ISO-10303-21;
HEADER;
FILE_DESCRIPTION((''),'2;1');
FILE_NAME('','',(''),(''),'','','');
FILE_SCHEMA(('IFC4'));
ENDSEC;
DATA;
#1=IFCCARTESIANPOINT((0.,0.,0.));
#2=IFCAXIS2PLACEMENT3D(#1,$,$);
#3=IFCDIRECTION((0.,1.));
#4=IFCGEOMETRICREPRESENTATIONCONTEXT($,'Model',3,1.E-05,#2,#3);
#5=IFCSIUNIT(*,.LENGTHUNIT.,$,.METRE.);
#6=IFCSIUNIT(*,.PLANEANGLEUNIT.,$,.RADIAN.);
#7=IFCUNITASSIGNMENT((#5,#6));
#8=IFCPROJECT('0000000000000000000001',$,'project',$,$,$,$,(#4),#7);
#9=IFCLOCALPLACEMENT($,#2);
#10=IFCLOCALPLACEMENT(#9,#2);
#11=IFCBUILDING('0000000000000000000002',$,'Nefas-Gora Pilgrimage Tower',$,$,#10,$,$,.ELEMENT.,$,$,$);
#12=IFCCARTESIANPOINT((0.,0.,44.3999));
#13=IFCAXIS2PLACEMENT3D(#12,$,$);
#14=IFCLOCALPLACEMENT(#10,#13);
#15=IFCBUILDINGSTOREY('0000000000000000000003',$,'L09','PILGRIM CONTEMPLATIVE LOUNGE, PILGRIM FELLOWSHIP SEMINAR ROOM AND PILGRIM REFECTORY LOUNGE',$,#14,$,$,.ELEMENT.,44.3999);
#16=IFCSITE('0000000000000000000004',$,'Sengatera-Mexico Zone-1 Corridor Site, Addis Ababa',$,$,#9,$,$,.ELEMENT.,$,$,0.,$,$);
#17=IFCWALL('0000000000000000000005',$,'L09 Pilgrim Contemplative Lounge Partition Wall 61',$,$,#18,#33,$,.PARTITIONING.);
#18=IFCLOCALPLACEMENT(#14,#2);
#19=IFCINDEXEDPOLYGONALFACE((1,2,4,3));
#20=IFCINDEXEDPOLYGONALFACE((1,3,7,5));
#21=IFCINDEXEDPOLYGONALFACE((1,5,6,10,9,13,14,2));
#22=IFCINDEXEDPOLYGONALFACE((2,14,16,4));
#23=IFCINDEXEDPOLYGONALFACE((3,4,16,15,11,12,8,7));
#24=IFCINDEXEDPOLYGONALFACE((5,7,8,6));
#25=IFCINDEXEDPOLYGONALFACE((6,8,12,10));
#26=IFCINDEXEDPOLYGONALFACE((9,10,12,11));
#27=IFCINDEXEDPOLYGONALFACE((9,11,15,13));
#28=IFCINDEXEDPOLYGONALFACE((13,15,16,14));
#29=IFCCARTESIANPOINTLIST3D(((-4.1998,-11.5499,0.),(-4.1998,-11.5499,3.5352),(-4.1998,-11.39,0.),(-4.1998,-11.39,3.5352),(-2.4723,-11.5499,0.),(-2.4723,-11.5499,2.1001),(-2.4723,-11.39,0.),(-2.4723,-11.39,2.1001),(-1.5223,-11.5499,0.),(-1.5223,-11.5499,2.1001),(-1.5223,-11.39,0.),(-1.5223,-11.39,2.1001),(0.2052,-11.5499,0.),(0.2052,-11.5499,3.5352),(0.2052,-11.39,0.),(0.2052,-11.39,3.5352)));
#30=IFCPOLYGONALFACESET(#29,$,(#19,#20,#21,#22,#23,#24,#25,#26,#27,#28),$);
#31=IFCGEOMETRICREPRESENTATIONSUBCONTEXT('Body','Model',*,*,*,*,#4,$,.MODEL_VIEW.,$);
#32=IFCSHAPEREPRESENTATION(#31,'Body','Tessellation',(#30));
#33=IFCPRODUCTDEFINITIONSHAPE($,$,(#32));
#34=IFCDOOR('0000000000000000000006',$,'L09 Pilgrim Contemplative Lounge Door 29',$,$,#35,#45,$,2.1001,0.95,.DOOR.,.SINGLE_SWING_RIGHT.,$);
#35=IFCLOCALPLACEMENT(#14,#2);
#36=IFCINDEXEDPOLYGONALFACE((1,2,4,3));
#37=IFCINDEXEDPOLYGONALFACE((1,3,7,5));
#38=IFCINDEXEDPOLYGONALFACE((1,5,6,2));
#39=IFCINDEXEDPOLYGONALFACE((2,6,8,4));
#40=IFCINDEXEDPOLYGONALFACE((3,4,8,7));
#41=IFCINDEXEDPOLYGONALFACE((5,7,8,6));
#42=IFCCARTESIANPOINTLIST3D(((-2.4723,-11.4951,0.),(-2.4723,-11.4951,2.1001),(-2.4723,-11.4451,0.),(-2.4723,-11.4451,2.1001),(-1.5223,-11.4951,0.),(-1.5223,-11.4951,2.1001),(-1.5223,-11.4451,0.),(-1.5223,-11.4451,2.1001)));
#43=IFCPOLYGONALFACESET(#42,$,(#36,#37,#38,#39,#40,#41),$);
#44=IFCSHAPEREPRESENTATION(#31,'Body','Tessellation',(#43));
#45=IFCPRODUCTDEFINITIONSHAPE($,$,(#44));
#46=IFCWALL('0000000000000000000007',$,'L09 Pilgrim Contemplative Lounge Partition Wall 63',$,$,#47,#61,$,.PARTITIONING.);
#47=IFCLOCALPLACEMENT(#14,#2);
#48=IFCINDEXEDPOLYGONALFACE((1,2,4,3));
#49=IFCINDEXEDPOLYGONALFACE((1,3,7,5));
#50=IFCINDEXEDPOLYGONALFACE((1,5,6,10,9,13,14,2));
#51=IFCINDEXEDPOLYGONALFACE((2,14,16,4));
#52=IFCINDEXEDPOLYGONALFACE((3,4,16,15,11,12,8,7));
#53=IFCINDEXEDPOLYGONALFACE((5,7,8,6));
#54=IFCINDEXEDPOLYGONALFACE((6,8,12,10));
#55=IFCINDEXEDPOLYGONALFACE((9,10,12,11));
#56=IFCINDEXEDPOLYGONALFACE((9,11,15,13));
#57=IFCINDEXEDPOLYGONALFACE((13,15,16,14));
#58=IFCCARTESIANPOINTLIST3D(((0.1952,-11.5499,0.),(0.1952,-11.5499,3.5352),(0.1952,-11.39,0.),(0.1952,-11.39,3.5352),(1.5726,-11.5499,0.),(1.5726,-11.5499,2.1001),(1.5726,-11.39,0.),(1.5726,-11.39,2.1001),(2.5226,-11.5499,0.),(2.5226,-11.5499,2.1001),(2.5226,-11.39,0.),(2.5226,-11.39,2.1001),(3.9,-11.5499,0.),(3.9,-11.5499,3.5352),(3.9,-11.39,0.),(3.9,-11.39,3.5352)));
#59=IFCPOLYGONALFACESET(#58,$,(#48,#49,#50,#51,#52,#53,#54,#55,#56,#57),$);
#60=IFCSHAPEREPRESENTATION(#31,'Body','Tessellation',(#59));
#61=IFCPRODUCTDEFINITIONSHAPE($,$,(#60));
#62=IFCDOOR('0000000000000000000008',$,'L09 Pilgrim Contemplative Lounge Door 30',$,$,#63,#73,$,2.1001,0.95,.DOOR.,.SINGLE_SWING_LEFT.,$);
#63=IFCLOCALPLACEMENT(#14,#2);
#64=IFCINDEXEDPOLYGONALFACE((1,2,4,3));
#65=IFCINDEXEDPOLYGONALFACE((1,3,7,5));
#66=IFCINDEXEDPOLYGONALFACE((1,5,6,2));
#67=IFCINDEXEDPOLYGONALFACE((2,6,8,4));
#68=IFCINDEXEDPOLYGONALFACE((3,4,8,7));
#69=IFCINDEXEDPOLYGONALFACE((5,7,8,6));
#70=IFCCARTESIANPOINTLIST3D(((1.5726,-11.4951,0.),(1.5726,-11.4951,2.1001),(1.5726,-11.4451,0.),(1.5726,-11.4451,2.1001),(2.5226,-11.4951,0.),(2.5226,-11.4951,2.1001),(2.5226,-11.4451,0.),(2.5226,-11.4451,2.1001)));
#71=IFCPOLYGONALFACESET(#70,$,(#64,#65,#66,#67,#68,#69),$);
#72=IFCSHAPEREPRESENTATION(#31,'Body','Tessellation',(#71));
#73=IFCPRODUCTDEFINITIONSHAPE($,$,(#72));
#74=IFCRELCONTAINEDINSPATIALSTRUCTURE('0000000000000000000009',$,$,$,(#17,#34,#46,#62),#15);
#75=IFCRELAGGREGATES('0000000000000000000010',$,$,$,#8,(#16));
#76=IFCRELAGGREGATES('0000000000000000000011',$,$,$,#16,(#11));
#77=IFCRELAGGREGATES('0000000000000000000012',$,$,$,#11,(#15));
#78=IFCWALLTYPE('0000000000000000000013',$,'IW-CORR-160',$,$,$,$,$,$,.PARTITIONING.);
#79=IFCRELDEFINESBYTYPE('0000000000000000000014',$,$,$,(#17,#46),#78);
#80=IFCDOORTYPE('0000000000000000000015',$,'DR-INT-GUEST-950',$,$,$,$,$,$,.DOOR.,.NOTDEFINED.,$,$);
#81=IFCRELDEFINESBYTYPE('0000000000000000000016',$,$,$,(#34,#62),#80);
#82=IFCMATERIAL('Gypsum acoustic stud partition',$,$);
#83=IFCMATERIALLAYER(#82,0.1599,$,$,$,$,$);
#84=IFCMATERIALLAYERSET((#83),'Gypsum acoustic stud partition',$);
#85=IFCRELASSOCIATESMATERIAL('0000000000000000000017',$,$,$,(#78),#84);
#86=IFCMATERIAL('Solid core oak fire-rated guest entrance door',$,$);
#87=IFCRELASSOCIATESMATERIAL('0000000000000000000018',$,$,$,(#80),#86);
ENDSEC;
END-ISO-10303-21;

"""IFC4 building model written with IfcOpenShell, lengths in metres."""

from ifc_helpers import new_model, si_unit, direction, frame, frame_2d, origin, place, context, subcontext, project, spatial, rectangle, extrude, source, transform, mapped, material, layer, layer_set, type_object, element, fill, save


model = new_model("IFC4")

# Units and contexts
model_context = context("Model", 3, precision=1e-05, world=origin(), true_north=direction((0.0, 1.0)))
body_context = subcontext(model_context, "Body", "Model", "MODEL_VIEW")
ifc_project = project(units=[si_unit("LENGTHUNIT", "METRE"), si_unit("PLANEANGLEUNIT", "RADIAN")], contexts=[model_context])

# Site, building, storey
site_placement = place(None, origin())
site = spatial("IfcSite", under=ifc_project, at=site_placement, Name="Sengatera-Mexico Zone-1 Corridor Site, Addis Ababa", CompositionType="ELEMENT", RefElevation=0.0)
building_placement = place(site_placement, origin())
building = spatial("IfcBuilding", under=site, at=building_placement, Name="Nefas-Gora Pilgrimage Tower", CompositionType="ELEMENT")
storey_placement = place(building_placement, frame((0.0, 0.0, 44.3999)))
storey = spatial("IfcBuildingStorey", under=building, at=storey_placement, Name="L09", Description="PILGRIM CONTEMPLATIVE LOUNGE, PILGRIM FELLOWSHIP SEMINAR ROOM AND PILGRIM REFECTORY LOUNGE", CompositionType="ELEMENT", Elevation=44.3999)

# Walls, openings, doors
ifc_material_1 = material(Name="Gypsum acoustic stud partition")
ifc_layer_1 = layer(ifc_material_1, 0.1599)
ifc_layer_set_1 = layer_set([ifc_layer_1], Name="Gypsum acoustic stud partition")
wall_type_1 = type_object("IfcWallType", Name="IW-CORR-160", PredefinedType="PARTITIONING", material=ifc_layer_set_1)
shared_shape_1 = source(origin(), body_context, "Body", "SweptSolid", [
    extrude(rectangle(XDim=4.405, YDim=0.1599, at=frame_2d((2.2026, 0.0))), origin(), (0.0, 0.0, 1.0), 3.5352),
])
ifc_material_2 = material(Name="Solid core oak fire-rated guest entrance door")
door_type_1 = type_object("IfcDoorType", Name="DR-INT-GUEST-950", OperationType="NOTDEFINED", PredefinedType="DOOR", material=ifc_material_2)
shared_shape_2 = source(origin(), body_context, "Body", "SweptSolid", [
    extrude(rectangle(XDim=0.95, YDim=2.1001, at=frame_2d((0.4751, 1.05))), frame((0.0, 0.0249, 0.0), z_axis=(0.0, -1.0, 0.0), x_axis=(1.0, 0.0, 0.0)), (0.0, 0.0, 1.0), 0.05),
])
wall_1_placement = place(storey_placement, frame((-4.2, -11.47, 0.0), z_axis=(0.0, 0.0, 1.0), x_axis=(1.0, 0.0, 0.0)))
wall_1 = element("IfcWall", 1, at=wall_1_placement, inside=storey, type_object=wall_type_1, Name="L09 Pilgrim Contemplative Lounge Partition Wall 61", PredefinedType="PARTITIONING", context=body_context, shape_type="MappedRepresentation", body=[
    mapped(shared_shape_1, transform((0.0, 0.0, 0.0), x_axis=(1.0, 0.0, 0.0), y_axis=(0.0, 1.0, 0.0), z_axis=(0.0, 0.0, 1.0), scale=1.0)),
])
opening_1_placement = place(wall_1_placement, frame((1.7275, 0.0, 0.0)))
opening_1 = element("IfcOpeningElement", 2, at=opening_1_placement, cuts=wall_1, PredefinedType="OPENING", context=body_context, shape_type="SweptSolid", body=[
    extrude(rectangle(XDim=0.95, YDim=2.1001, at=frame_2d((0.4751, 1.05))), frame((0.0, 0.0898, 0.0), z_axis=(0.0, -1.0, 0.0), x_axis=(1.0, 0.0, 0.0)), (0.0, 0.0, 1.0), 0.1799),
])
door_1_placement = place(opening_1_placement, origin())
door_1 = element("IfcDoor", 3, at=door_1_placement, inside=storey, type_object=door_type_1, Name="L09 Pilgrim Contemplative Lounge Door 29", OperationType="SINGLE_SWING_RIGHT", OverallHeight=2.1001, OverallWidth=0.95, PredefinedType="DOOR", context=body_context, shape_type="MappedRepresentation", body=[
    mapped(shared_shape_2, transform((0.0, 0.0, 0.0), x_axis=(1.0, 0.0, 0.0), y_axis=(0.0, 1.0, 0.0), z_axis=(0.0, 0.0, 1.0), scale=1.0)),
])
fill(opening_1, door_1)
shared_shape_3 = source(origin(), body_context, "Body", "SweptSolid", [
    extrude(rectangle(XDim=3.7048, YDim=0.1599, at=frame_2d((1.8525, 0.0))), origin(), (0.0, 0.0, 1.0), 3.5352),
])
wall_2_placement = place(storey_placement, frame((0.1951, -11.47, 0.0), z_axis=(0.0, 0.0, 1.0), x_axis=(1.0, 0.0, 0.0)))
wall_2 = element("IfcWall", 4, at=wall_2_placement, inside=storey, type_object=wall_type_1, Name="L09 Pilgrim Contemplative Lounge Partition Wall 63", PredefinedType="PARTITIONING", context=body_context, shape_type="MappedRepresentation", body=[
    mapped(shared_shape_3, transform((0.0, 0.0, 0.0), x_axis=(1.0, 0.0, 0.0), y_axis=(0.0, 1.0, 0.0), z_axis=(0.0, 0.0, 1.0), scale=1.0)),
])
opening_2_placement = place(wall_2_placement, frame((1.3774, 0.0, 0.0)))
opening_2 = element("IfcOpeningElement", 5, at=opening_2_placement, cuts=wall_2, PredefinedType="OPENING", context=body_context, shape_type="SweptSolid", body=[
    extrude(rectangle(XDim=0.95, YDim=2.1001, at=frame_2d((0.4751, 1.05))), frame((0.0, 0.0898, 0.0), z_axis=(0.0, -1.0, 0.0), x_axis=(1.0, 0.0, 0.0)), (0.0, 0.0, 1.0), 0.1799),
])
door_2_placement = place(opening_2_placement, origin())
door_2 = element("IfcDoor", 6, at=door_2_placement, inside=storey, type_object=door_type_1, Name="L09 Pilgrim Contemplative Lounge Door 30", OperationType="SINGLE_SWING_LEFT", OverallHeight=2.1001, OverallWidth=0.95, PredefinedType="DOOR", context=body_context, shape_type="MappedRepresentation", body=[
    mapped(shared_shape_2, transform((0.0, 0.0, 0.0), x_axis=(1.0, 0.0, 0.0), y_axis=(0.0, 1.0, 0.0), z_axis=(0.0, 0.0, 1.0), scale=1.0)),
])
fill(opening_2, door_2)

save(model, "model.ifc")
